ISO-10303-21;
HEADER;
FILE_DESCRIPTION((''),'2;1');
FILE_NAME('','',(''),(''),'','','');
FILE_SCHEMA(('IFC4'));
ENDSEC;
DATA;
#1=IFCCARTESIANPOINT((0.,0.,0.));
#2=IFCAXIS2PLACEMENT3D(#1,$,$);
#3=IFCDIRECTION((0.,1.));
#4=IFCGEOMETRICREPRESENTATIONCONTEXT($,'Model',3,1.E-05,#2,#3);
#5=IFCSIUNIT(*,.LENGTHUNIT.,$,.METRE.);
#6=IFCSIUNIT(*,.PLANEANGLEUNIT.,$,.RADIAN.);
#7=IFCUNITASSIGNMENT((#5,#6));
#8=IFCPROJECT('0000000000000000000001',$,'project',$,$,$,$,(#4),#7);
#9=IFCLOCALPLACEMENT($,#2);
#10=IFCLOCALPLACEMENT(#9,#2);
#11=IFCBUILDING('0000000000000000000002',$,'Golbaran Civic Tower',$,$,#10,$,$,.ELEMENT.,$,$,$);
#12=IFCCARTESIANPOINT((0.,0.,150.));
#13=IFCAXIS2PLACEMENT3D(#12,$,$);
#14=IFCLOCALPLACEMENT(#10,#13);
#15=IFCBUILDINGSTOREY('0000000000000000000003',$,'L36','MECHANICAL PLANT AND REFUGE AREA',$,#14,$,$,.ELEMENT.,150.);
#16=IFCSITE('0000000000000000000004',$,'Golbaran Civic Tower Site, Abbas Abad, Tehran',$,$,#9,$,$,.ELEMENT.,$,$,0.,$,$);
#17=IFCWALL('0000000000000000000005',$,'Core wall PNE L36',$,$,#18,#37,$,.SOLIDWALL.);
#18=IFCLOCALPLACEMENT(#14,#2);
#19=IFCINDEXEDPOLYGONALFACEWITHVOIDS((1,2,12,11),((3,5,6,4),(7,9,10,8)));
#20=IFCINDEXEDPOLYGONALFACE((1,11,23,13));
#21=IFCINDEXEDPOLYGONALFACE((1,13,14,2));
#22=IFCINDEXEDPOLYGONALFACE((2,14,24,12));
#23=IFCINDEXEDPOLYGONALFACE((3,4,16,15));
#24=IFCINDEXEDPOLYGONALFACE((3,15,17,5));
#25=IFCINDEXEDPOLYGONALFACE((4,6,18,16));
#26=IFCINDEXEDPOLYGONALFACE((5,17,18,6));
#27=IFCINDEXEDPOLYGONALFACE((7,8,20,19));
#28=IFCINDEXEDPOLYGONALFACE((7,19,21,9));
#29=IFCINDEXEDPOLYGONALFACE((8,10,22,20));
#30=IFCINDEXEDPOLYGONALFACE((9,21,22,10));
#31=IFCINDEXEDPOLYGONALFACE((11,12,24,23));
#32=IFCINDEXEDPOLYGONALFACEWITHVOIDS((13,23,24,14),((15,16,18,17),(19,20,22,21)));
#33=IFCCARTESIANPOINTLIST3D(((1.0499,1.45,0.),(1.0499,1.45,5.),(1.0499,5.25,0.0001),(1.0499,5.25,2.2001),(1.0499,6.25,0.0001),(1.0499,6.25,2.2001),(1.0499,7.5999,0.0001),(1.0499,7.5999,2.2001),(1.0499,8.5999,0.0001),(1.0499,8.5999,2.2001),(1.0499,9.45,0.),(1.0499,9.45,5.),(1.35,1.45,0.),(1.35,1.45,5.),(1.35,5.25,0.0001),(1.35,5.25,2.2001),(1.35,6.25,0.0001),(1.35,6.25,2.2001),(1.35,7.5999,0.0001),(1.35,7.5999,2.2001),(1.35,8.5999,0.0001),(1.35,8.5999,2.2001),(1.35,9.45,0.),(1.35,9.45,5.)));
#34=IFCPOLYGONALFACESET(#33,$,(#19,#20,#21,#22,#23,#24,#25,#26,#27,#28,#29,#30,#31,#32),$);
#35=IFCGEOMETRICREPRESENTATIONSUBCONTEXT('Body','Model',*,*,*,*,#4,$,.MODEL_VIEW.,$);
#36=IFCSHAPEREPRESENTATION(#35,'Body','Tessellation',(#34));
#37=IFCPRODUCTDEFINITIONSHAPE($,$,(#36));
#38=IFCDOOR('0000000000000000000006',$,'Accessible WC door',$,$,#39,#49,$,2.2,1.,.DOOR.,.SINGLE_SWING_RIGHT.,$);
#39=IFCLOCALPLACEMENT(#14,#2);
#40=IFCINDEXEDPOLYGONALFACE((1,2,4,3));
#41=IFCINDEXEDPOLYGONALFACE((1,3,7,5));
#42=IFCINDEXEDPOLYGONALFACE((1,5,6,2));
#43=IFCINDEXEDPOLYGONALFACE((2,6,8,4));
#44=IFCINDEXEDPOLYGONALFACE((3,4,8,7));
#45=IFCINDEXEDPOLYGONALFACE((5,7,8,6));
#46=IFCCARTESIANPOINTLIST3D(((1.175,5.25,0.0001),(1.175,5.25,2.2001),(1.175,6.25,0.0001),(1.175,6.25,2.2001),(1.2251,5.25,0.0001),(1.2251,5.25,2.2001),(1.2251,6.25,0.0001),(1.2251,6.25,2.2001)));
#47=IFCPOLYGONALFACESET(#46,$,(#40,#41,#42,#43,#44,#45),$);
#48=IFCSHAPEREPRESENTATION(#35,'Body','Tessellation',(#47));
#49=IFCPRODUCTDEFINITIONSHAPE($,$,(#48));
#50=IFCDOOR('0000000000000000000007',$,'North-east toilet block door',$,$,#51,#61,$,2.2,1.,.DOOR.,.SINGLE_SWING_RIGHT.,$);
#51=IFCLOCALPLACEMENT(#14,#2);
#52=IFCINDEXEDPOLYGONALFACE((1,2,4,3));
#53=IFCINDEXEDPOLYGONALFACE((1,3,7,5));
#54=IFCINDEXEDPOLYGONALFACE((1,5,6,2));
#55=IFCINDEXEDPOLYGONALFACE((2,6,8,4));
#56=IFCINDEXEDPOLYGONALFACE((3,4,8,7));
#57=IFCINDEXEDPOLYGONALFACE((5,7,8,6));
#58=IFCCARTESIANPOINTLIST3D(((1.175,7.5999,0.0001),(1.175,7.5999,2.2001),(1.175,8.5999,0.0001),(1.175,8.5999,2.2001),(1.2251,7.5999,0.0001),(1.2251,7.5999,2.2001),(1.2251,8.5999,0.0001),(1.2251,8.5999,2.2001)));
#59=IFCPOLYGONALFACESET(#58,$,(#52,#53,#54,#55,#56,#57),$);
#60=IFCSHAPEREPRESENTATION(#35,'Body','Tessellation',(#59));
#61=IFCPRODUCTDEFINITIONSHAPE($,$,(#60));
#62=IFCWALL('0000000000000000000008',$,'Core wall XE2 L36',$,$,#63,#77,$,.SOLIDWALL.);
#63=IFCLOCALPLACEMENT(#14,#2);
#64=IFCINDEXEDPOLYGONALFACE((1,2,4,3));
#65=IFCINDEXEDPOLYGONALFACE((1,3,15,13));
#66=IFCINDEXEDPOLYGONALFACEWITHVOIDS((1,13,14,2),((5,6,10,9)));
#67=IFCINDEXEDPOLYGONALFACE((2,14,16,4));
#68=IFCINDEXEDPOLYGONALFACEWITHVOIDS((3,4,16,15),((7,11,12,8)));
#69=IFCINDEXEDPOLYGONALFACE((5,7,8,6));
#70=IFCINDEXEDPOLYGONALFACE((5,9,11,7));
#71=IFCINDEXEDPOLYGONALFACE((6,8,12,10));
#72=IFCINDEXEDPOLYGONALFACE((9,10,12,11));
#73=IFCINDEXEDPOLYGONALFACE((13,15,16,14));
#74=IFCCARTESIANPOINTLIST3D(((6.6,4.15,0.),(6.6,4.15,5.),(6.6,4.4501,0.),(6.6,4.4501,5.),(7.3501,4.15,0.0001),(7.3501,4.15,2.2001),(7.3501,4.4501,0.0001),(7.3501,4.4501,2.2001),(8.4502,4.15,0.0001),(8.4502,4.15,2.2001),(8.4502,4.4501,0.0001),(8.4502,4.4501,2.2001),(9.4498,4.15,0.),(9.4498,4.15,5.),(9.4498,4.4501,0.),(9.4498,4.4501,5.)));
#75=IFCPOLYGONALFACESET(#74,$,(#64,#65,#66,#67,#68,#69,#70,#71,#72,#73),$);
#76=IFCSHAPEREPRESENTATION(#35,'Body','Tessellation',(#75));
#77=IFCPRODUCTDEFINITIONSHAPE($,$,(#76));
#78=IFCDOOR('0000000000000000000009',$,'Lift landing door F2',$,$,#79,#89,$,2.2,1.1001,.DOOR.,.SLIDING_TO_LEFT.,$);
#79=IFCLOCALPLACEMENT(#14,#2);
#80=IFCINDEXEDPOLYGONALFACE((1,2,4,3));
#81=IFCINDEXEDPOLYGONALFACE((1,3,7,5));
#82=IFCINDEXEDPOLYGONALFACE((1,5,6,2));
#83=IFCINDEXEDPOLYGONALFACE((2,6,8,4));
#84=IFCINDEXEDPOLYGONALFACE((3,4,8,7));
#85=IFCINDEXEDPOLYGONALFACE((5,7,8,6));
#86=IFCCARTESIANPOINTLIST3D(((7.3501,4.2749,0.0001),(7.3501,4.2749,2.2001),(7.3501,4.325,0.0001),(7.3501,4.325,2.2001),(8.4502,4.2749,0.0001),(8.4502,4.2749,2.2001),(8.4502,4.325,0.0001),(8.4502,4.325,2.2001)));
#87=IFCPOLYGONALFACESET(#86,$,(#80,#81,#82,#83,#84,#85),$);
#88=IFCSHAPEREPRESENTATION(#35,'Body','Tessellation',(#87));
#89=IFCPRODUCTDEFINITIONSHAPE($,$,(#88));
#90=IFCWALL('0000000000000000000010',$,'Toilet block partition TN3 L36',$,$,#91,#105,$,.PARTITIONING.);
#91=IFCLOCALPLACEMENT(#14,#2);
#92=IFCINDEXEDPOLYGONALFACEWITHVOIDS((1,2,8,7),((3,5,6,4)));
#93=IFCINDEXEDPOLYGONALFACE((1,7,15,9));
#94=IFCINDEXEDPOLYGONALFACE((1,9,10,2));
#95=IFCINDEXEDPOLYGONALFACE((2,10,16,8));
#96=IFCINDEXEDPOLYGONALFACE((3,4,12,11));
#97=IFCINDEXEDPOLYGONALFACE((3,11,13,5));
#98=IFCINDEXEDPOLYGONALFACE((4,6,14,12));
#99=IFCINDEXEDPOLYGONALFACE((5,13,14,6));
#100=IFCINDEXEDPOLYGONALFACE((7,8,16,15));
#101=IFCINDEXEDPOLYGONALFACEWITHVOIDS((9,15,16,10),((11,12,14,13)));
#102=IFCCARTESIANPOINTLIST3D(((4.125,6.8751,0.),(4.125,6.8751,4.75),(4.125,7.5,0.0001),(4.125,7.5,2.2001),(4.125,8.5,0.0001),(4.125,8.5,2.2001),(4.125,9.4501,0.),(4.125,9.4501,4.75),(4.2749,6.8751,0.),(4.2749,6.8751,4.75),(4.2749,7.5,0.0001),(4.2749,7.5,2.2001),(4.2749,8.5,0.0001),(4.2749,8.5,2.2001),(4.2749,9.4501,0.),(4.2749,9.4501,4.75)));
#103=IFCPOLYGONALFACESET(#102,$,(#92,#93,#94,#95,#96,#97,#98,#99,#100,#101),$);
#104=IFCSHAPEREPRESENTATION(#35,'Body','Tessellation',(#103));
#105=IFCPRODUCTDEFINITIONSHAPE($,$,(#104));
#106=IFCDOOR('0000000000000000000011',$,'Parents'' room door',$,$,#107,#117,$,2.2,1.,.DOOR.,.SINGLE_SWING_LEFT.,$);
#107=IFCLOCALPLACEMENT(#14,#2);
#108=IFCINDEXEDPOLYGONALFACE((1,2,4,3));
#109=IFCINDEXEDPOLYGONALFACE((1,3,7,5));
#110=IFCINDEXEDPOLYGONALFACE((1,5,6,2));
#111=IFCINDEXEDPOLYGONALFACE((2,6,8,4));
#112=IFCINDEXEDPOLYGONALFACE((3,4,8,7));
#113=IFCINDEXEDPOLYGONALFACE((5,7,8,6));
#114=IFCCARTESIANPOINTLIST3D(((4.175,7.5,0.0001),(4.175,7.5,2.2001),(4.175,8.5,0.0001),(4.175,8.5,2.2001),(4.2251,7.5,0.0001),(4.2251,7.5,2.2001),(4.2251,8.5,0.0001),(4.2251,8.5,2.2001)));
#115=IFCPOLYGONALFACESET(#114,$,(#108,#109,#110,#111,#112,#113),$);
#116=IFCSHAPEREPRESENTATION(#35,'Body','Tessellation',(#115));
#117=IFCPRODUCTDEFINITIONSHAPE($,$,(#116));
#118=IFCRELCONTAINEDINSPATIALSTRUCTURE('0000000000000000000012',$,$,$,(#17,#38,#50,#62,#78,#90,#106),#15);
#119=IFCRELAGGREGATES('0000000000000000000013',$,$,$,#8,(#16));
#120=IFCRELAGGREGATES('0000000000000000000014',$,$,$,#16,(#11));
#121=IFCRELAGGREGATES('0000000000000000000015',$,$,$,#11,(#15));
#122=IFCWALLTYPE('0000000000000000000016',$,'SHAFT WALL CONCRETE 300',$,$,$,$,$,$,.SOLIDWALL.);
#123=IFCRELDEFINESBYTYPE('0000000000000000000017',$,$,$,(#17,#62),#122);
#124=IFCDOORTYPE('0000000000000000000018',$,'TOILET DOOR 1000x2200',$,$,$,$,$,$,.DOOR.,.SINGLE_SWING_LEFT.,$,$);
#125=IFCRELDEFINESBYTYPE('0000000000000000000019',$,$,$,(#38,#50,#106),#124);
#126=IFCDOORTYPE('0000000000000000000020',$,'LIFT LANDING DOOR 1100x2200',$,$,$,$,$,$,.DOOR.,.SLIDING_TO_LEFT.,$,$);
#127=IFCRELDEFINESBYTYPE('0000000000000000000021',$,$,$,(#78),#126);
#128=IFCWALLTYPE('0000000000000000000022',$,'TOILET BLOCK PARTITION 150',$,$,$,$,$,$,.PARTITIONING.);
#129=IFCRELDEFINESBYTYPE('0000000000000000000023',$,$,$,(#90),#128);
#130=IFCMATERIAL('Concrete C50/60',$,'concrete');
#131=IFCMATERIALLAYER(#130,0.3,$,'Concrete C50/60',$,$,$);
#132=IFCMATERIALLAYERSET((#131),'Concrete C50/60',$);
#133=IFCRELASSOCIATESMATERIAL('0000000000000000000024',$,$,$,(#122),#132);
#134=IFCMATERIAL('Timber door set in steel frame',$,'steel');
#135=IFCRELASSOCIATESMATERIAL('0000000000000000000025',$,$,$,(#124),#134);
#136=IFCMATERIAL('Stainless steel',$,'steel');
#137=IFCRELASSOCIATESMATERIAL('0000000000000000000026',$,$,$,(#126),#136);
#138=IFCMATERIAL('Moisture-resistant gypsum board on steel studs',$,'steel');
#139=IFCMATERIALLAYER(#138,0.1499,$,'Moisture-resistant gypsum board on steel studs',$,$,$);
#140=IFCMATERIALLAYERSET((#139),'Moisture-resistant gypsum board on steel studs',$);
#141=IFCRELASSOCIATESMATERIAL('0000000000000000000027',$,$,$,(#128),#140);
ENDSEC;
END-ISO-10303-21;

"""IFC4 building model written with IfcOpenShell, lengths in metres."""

from ifc_helpers import new_model, si_unit, direction, frame, frame_2d, origin, place, context, subcontext, project, spatial, rectangle, extrude, material, layer, layer_set, type_object, element, fill, save


model = new_model("IFC4")

# Units and contexts
model_context = context("Model", 3, precision=1e-05, world=origin(), true_north=direction((0.0, 1.0)))
body_context = subcontext(model_context, "Body", "Model", "MODEL_VIEW")
ifc_project = project(units=[si_unit("LENGTHUNIT", "METRE"), si_unit("PLANEANGLEUNIT", "RADIAN")], contexts=[model_context])

# Site, building, storey
site_placement = place(None, origin())
site = spatial("IfcSite", under=ifc_project, at=site_placement, Name="Golbaran Civic Tower Site, Abbas Abad, Tehran", CompositionType="ELEMENT", RefElevation=0.0)
building_placement = place(site_placement, origin())
building = spatial("IfcBuilding", under=site, at=building_placement, Name="Golbaran Civic Tower", CompositionType="ELEMENT")
storey_placement = place(building_placement, frame((0.0, 0.0, 150.0)))
storey = spatial("IfcBuildingStorey", under=building, at=storey_placement, Name="L36", Description="MECHANICAL PLANT AND REFUGE AREA", CompositionType="ELEMENT", Elevation=150.0)

# Shared definitions
ifc_material_1 = material(Name="Timber door set in steel frame", Category="steel")

# Shared definitions
ifc_material_2 = material(Name="Concrete C50/60", Category="concrete")
ifc_layer_1 = layer(ifc_material_2, 0.3, Name="Concrete C50/60")
ifc_layer_set_1 = layer_set([ifc_layer_1], Name="Concrete C50/60")
wall_type_1 = type_object("IfcWallType", Name="SHAFT WALL CONCRETE 300", PredefinedType="SOLIDWALL", material=ifc_layer_set_1)

# Wall, openings, doors
wall_1_placement = place(storey_placement, frame((1.2, 1.45, 0.0), z_axis=(0.0, 0.0, 1.0), x_axis=(0.0, 1.0, 0.0)))
wall_1 = element("IfcWall", 1, at=wall_1_placement, inside=storey, type_object=wall_type_1, Name="Core wall PNE L36", PredefinedType="SOLIDWALL", context=body_context, shape_type="SweptSolid", body=[
    extrude(rectangle(XDim=8.0, YDim=0.3, at=frame_2d((4.0, 0.0))), origin(), (0.0, 0.0, 1.0), 5.0),
])
opening_1_placement = place(wall_1_placement, frame((3.8, 0.0, 0.0)))
opening_1 = element("IfcOpeningElement", 2, at=opening_1_placement, cuts=wall_1, PredefinedType="OPENING", context=body_context, shape_type="SweptSolid", body=[
    extrude(rectangle(XDim=1.0, YDim=2.2, at=frame_2d((0.5, 1.1001))), frame((0.0, 0.1599, 0.0), z_axis=(0.0, -1.0, 0.0), x_axis=(1.0, 0.0, 0.0)), (0.0, 0.0, 1.0), 0.3201),
])
opening_2_placement = place(wall_1_placement, frame((6.1499, 0.0, 0.0)))
opening_2 = element("IfcOpeningElement", 3, at=opening_2_placement, cuts=wall_1, PredefinedType="OPENING", context=body_context, shape_type="SweptSolid", body=[
    extrude(rectangle(XDim=1.0, YDim=2.2, at=frame_2d((0.5, 1.1001))), frame((0.0, 0.1599, 0.0), z_axis=(0.0, -1.0, 0.0), x_axis=(1.0, 0.0, 0.0)), (0.0, 0.0, 1.0), 0.3201),
])
door_type_1 = type_object("IfcDoorType", Name="TOILET DOOR 1000x2200", OperationType="SINGLE_SWING_LEFT", PredefinedType="DOOR", material=ifc_material_1)
door_1_placement = place(opening_1_placement, origin())
door_1 = element("IfcDoor", 4, at=door_1_placement, inside=storey, type_object=door_type_1, Name="Accessible WC door", OperationType="SINGLE_SWING_RIGHT", OverallHeight=2.2, OverallWidth=1.0, PredefinedType="DOOR", context=body_context, shape_type="SweptSolid", body=[
    extrude(rectangle(XDim=1.0, YDim=2.2, at=frame_2d((0.5, 1.1001))), frame((0.0, 0.0249, 0.0), z_axis=(0.0, -1.0, 0.0), x_axis=(1.0, 0.0, 0.0)), (0.0, 0.0, 1.0), 0.05),
])
fill(opening_1, door_1)
door_2_placement = place(opening_2_placement, origin())
door_2 = element("IfcDoor", 5, at=door_2_placement, inside=storey, type_object=door_type_1, Name="North-east toilet block door", OperationType="SINGLE_SWING_RIGHT", OverallHeight=2.2, OverallWidth=1.0, PredefinedType="DOOR", context=body_context, shape_type="SweptSolid", body=[
    extrude(rectangle(XDim=1.0, YDim=2.2, at=frame_2d((0.5, 1.1001))), frame((0.0, 0.0249, 0.0), z_axis=(0.0, -1.0, 0.0), x_axis=(1.0, 0.0, 0.0)), (0.0, 0.0, 1.0), 0.05),
])
fill(opening_2, door_2)

# Walls, openings, doors
wall_2_placement = place(storey_placement, frame((6.6001, 4.3, 0.0), z_axis=(0.0, 0.0, 1.0), x_axis=(1.0, 0.0, 0.0)))
wall_2 = element("IfcWall", 6, at=wall_2_placement, inside=storey, type_object=wall_type_1, Name="Core wall XE2 L36", PredefinedType="SOLIDWALL", context=body_context, shape_type="SweptSolid", body=[
    extrude(rectangle(XDim=2.8499, YDim=0.3, at=frame_2d((1.4248, 0.0))), origin(), (0.0, 0.0, 1.0), 5.0),
])
opening_3_placement = place(wall_2_placement, frame((0.75, 0.0, 0.0)))
opening_3 = element("IfcOpeningElement", 7, at=opening_3_placement, cuts=wall_2, PredefinedType="OPENING", context=body_context, shape_type="SweptSolid", body=[
    extrude(rectangle(XDim=1.1001, YDim=2.2, at=frame_2d((0.55, 1.1001))), frame((0.0, 0.1599, 0.0), z_axis=(0.0, -1.0, 0.0), x_axis=(1.0, 0.0, 0.0)), (0.0, 0.0, 1.0), 0.3201),
])
ifc_material_3 = material(Name="Stainless steel", Category="steel")
door_type_2 = type_object("IfcDoorType", Name="LIFT LANDING DOOR 1100x2200", OperationType="SLIDING_TO_LEFT", PredefinedType="DOOR", material=ifc_material_3)
door_3_placement = place(opening_3_placement, origin())
door_3 = element("IfcDoor", 8, at=door_3_placement, inside=storey, type_object=door_type_2, Name="Lift landing door F2", OperationType="SLIDING_TO_LEFT", OverallHeight=2.2, OverallWidth=1.1001, PredefinedType="DOOR", context=body_context, shape_type="SweptSolid", body=[
    extrude(rectangle(XDim=1.1001, YDim=2.2, at=frame_2d((0.55, 1.1001))), frame((0.0, 0.0249, 0.0), z_axis=(0.0, -1.0, 0.0), x_axis=(1.0, 0.0, 0.0)), (0.0, 0.0, 1.0), 0.05),
])
fill(opening_3, door_3)
ifc_material_4 = material(Name="Moisture-resistant gypsum board on steel studs", Category="steel")
ifc_layer_2 = layer(ifc_material_4, 0.1499, Name="Moisture-resistant gypsum board on steel studs")
ifc_layer_set_2 = layer_set([ifc_layer_2], Name="Moisture-resistant gypsum board on steel studs")
wall_type_2 = type_object("IfcWallType", Name="TOILET BLOCK PARTITION 150", PredefinedType="PARTITIONING", material=ifc_layer_set_2)
wall_3_placement = place(storey_placement, frame((4.2, 6.875, 0.0), z_axis=(0.0, 0.0, 1.0), x_axis=(0.0, 1.0, 0.0)))
wall_3 = element("IfcWall", 9, at=wall_3_placement, inside=storey, type_object=wall_type_2, Name="Toilet block partition TN3 L36", PredefinedType="PARTITIONING", context=body_context, shape_type="SweptSolid", body=[
    extrude(rectangle(XDim=2.575, YDim=0.1499, at=frame_2d((1.2876, 0.0))), origin(), (0.0, 0.0, 1.0), 4.75),
])
opening_4_placement = place(wall_3_placement, frame((0.625, 0.0, 0.0)))
opening_4 = element("IfcOpeningElement", 10, at=opening_4_placement, cuts=wall_3, PredefinedType="OPENING", context=body_context, shape_type="SweptSolid", body=[
    extrude(rectangle(XDim=1.0, YDim=2.2, at=frame_2d((0.5, 1.1001))), frame((0.0, 0.085, 0.0), z_axis=(0.0, -1.0, 0.0), x_axis=(1.0, 0.0, 0.0)), (0.0, 0.0, 1.0), 0.1699),
])
door_4_placement = place(opening_4_placement, origin())
door_4 = element("IfcDoor", 11, at=door_4_placement, inside=storey, type_object=door_type_1, Name="Parents' room door", OperationType="SINGLE_SWING_LEFT", OverallHeight=2.2, OverallWidth=1.0, PredefinedType="DOOR", context=body_context, shape_type="SweptSolid", body=[
    extrude(rectangle(XDim=1.0, YDim=2.2, at=frame_2d((0.5, 1.1001))), frame((0.0, 0.0249, 0.0), z_axis=(0.0, -1.0, 0.0), x_axis=(1.0, 0.0, 0.0)), (0.0, 0.0, 1.0), 0.05),
])
fill(opening_4, door_4)

save(model, "model.ifc")
